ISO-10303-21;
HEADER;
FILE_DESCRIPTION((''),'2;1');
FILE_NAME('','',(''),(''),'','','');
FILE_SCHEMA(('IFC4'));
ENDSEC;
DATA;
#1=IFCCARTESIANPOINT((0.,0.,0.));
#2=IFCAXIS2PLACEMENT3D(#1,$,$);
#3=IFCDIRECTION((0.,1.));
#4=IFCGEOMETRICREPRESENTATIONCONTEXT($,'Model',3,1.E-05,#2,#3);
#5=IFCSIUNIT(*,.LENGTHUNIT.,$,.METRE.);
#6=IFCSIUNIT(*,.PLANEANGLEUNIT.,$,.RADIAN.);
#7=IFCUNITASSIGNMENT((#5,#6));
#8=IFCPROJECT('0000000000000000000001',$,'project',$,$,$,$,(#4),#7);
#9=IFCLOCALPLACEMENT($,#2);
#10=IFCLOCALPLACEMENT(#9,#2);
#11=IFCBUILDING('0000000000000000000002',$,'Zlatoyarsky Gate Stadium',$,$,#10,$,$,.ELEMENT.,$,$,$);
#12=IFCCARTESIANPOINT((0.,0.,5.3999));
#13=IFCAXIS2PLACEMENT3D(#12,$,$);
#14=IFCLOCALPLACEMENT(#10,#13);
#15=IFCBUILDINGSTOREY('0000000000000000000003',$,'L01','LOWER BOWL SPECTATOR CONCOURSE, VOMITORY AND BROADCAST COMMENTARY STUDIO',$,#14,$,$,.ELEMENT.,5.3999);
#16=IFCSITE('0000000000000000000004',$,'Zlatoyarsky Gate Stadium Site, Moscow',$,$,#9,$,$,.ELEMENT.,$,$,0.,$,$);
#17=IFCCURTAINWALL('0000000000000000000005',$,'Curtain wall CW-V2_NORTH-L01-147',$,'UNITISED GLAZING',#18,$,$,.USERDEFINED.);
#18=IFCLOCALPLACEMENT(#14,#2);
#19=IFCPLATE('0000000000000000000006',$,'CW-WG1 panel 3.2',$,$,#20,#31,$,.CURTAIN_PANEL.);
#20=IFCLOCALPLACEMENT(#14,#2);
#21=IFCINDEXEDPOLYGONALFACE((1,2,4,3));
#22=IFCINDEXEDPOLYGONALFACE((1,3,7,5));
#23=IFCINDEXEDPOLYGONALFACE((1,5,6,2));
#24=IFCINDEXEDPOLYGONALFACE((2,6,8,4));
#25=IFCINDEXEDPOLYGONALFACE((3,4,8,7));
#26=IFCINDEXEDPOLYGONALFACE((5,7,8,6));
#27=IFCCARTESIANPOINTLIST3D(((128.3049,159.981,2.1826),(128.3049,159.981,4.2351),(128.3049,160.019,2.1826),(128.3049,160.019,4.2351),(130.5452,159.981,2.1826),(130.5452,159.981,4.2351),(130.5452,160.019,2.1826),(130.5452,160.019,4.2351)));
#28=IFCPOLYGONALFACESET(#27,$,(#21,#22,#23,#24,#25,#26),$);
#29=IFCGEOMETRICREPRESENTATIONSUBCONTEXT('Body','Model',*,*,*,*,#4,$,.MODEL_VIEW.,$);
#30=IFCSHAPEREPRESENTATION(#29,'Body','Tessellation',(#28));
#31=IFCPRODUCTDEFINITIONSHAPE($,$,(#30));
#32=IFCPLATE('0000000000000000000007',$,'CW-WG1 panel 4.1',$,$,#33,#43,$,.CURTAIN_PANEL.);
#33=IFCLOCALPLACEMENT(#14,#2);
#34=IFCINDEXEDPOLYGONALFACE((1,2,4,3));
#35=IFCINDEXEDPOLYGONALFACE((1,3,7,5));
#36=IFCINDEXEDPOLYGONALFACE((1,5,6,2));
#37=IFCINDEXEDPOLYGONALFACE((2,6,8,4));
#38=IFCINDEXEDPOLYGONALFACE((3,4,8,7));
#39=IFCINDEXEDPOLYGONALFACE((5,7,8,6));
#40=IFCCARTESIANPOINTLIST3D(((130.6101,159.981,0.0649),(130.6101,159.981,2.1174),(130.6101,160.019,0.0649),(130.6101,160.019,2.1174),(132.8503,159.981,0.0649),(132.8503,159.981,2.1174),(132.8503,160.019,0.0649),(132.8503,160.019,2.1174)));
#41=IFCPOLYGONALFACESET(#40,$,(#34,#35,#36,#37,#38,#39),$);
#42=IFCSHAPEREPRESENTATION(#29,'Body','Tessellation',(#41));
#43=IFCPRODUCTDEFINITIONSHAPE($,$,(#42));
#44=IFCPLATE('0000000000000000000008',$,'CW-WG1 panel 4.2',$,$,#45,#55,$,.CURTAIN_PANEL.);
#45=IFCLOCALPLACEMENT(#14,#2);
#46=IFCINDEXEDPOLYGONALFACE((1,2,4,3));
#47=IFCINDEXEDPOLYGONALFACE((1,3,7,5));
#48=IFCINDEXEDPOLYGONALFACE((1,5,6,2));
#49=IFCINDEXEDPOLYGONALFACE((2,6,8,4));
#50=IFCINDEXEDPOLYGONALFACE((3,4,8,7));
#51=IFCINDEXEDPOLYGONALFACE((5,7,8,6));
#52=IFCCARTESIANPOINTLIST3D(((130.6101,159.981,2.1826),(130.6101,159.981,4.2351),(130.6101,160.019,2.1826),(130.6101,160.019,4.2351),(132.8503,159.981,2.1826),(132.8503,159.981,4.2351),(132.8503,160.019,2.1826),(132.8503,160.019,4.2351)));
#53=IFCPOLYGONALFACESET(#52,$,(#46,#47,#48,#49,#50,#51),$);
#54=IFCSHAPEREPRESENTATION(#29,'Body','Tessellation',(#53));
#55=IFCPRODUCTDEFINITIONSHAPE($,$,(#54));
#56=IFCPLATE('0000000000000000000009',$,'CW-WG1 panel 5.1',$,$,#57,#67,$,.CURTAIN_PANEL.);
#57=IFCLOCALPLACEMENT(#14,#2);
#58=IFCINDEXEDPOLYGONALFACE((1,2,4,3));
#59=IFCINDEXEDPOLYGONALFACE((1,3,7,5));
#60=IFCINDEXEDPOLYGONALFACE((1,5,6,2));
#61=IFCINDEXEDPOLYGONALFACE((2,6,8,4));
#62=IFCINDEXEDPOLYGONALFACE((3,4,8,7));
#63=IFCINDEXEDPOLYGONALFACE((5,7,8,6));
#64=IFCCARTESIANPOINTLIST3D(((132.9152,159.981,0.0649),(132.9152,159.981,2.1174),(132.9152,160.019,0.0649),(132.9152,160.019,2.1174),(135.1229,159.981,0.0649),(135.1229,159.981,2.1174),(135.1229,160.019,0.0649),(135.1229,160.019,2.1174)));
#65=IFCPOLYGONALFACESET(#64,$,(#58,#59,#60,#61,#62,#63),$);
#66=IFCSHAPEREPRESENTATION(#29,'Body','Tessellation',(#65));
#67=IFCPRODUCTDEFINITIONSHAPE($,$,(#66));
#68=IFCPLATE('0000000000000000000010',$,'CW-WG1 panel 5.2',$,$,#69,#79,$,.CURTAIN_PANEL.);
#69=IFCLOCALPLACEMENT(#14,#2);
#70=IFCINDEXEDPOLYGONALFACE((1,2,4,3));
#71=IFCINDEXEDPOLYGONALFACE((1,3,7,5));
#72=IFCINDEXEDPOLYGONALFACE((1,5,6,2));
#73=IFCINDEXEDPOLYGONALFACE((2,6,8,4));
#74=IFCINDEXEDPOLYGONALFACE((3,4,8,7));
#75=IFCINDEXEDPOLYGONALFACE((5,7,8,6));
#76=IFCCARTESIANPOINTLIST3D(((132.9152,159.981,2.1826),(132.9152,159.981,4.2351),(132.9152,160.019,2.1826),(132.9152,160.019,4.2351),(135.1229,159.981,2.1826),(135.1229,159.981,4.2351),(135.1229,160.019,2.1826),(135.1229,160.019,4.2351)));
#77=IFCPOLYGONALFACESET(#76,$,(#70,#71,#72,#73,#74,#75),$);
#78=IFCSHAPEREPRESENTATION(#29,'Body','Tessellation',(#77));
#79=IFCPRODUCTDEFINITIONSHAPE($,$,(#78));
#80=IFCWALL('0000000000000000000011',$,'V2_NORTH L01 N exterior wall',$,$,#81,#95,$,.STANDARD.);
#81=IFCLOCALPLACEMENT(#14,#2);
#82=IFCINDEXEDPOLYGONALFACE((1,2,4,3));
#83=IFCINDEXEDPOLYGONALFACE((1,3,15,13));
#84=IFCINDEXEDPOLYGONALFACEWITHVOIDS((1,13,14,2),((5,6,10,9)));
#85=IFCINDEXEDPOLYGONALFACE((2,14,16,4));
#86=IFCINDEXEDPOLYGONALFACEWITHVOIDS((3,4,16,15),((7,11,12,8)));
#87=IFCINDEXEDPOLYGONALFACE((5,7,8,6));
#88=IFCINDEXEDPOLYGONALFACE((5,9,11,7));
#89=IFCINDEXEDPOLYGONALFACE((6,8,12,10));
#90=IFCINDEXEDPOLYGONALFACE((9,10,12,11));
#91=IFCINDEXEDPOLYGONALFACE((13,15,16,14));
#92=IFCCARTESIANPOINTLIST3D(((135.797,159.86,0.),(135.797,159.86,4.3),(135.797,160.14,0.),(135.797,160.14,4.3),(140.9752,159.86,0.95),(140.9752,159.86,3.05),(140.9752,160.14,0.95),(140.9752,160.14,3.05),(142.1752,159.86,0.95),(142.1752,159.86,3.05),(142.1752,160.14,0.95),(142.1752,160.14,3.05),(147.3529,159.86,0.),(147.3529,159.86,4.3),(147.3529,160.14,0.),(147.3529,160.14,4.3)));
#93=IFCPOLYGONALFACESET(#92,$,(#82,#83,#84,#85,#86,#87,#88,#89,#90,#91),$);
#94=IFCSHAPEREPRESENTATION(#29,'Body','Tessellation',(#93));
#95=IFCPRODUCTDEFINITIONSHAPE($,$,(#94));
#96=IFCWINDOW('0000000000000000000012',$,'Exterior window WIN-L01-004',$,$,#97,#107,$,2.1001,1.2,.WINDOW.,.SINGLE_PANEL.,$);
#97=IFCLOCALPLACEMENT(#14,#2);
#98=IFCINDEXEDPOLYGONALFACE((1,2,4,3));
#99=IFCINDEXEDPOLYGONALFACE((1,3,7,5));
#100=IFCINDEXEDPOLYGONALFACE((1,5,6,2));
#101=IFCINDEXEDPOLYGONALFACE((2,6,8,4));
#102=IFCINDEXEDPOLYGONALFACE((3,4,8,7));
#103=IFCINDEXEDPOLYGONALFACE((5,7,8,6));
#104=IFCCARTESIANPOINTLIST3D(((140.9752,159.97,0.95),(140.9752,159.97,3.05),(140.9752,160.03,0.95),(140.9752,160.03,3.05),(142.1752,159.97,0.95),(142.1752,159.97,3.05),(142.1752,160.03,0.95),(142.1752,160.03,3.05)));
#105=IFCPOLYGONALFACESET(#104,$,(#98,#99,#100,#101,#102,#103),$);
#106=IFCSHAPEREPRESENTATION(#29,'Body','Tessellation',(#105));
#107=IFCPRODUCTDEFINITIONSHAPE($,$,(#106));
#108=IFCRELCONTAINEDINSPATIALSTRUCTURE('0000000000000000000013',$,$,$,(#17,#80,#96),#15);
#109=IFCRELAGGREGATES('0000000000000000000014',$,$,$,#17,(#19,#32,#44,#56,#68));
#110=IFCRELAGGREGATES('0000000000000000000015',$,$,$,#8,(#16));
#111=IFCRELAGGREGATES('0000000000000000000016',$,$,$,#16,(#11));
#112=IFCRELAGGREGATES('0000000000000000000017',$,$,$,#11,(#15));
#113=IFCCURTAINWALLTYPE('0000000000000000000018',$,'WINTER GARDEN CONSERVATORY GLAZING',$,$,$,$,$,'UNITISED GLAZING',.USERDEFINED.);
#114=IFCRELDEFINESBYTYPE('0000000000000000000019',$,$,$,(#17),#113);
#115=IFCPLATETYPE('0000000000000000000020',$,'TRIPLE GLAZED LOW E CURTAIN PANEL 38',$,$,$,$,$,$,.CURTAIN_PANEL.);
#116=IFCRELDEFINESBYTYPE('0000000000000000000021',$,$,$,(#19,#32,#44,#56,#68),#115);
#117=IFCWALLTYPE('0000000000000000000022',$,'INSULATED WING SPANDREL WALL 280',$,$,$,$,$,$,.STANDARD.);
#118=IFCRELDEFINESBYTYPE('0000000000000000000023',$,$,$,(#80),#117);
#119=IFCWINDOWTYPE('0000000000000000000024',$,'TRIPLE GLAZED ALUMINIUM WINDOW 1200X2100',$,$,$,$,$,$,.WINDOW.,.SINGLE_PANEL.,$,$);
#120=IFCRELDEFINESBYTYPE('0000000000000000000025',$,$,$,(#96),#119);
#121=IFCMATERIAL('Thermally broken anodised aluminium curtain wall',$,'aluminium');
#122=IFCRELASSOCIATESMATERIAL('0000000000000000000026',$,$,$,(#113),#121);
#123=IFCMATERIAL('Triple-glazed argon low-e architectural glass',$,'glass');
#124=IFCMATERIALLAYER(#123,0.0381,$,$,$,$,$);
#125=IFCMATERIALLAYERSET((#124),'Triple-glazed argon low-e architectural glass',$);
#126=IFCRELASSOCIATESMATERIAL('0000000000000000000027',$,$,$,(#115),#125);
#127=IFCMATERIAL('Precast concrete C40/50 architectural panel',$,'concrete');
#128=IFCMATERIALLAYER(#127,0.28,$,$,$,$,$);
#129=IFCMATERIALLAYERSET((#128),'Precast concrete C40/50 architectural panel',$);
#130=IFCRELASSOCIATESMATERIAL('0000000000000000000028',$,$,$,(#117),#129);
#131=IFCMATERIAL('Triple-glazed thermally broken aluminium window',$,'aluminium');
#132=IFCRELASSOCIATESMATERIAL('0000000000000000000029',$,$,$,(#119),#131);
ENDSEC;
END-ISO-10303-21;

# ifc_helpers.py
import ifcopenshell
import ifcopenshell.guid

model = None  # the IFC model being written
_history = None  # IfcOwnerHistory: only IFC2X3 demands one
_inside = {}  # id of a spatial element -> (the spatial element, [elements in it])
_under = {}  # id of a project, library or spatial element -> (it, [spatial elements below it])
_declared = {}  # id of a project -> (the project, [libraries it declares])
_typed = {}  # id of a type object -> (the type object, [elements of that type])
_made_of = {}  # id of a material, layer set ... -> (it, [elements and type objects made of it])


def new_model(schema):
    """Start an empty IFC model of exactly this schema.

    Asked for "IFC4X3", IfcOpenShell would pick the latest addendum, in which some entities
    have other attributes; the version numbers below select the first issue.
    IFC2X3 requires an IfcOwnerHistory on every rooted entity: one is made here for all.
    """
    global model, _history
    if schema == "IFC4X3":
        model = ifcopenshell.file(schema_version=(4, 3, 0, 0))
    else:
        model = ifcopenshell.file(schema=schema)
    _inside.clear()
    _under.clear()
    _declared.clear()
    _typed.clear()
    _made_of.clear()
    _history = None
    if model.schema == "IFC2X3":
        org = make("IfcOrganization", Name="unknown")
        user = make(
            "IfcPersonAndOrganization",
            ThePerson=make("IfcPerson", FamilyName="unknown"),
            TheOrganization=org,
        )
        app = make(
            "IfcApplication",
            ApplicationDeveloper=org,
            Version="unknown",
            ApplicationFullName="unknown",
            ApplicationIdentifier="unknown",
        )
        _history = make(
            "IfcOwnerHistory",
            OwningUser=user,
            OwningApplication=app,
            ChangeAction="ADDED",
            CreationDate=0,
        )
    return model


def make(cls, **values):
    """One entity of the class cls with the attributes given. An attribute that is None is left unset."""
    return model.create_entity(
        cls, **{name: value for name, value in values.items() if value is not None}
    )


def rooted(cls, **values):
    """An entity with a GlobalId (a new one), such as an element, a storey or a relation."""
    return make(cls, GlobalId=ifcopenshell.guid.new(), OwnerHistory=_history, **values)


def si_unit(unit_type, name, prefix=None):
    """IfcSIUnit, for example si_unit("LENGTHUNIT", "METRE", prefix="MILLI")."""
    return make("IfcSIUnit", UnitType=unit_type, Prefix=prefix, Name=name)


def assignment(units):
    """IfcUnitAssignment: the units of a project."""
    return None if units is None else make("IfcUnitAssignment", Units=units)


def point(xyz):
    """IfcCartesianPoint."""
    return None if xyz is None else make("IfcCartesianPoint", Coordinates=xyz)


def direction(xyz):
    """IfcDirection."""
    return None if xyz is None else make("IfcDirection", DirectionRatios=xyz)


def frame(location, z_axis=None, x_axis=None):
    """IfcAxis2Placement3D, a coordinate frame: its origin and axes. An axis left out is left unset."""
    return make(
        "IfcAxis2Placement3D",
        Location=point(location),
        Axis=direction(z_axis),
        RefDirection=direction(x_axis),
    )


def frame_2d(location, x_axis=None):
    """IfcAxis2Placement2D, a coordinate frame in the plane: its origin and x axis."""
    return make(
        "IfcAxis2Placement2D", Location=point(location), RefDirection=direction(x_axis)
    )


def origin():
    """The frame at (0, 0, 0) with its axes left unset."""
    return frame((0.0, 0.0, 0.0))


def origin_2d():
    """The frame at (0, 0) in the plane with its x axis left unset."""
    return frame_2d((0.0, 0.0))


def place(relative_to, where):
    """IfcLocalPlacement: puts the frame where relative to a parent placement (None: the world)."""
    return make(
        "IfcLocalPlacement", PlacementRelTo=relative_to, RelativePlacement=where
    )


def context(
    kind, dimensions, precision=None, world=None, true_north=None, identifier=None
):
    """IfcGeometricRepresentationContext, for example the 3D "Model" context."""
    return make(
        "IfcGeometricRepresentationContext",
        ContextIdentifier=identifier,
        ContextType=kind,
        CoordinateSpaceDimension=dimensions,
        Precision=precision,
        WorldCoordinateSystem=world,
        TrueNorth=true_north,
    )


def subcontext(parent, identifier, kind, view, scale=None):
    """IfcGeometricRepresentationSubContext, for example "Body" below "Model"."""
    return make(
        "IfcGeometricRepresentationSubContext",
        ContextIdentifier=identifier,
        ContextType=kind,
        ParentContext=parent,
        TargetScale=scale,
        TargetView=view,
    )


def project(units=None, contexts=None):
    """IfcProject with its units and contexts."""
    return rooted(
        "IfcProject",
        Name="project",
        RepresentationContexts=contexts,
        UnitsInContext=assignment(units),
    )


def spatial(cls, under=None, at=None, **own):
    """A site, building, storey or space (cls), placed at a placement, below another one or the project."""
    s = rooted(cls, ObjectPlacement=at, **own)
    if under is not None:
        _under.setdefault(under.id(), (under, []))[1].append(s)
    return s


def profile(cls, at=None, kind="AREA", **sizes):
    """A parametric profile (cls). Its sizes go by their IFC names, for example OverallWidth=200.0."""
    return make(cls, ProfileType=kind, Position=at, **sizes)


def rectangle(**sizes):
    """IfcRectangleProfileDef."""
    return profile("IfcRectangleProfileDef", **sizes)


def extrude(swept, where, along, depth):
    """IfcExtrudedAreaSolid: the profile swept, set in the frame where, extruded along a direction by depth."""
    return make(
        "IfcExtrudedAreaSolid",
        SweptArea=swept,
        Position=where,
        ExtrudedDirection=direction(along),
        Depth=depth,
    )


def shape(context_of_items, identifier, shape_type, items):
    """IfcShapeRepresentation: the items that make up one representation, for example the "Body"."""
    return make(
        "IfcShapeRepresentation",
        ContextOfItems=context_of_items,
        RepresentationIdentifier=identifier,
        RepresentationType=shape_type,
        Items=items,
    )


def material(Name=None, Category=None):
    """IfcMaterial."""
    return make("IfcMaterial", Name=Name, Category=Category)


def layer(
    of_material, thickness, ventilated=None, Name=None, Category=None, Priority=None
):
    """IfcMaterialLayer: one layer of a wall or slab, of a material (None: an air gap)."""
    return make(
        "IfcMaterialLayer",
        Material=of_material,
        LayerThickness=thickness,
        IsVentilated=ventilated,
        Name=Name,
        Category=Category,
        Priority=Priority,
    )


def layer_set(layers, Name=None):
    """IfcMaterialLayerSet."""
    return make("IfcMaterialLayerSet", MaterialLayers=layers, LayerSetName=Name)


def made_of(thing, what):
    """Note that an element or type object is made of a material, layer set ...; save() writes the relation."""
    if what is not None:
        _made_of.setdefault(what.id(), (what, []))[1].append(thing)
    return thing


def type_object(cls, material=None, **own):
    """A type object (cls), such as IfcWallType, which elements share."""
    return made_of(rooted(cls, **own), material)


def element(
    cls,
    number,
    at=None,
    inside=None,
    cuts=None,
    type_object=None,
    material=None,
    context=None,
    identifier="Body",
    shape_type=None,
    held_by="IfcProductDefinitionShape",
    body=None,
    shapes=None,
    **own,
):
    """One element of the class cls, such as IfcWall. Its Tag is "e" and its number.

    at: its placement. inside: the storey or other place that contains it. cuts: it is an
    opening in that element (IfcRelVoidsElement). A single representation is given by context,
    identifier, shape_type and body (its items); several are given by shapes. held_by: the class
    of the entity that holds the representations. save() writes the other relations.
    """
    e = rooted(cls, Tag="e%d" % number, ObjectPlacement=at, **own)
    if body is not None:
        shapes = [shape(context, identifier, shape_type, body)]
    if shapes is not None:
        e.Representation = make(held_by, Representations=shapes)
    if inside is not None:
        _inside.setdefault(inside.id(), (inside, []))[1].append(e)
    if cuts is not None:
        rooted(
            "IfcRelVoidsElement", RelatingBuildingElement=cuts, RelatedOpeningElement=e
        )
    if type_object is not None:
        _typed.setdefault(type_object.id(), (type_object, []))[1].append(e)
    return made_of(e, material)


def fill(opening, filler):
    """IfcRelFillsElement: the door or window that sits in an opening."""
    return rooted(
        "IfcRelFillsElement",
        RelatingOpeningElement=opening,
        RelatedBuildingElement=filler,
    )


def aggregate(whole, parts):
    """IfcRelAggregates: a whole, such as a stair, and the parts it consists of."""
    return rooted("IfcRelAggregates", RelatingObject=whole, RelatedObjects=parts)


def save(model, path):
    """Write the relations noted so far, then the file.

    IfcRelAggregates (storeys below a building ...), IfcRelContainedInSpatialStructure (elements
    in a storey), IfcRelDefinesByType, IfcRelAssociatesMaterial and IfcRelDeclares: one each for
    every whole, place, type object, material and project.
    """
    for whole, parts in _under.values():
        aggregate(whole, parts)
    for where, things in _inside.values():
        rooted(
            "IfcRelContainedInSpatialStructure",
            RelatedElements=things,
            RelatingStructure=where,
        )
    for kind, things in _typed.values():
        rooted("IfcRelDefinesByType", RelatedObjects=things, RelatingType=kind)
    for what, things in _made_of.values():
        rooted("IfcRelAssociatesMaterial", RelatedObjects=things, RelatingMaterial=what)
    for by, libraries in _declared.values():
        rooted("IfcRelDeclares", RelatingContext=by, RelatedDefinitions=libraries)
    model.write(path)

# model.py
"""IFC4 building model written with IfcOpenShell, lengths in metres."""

from ifc_helpers import new_model, si_unit, direction, frame, frame_2d, origin, origin_2d, place, context, subcontext, project, spatial, rectangle, extrude, material, layer, layer_set, type_object, element, fill, aggregate, save


model = new_model("IFC4")

# Units and contexts
model_context = context("Model", 3, precision=1e-05, world=origin(), true_north=direction((0.0, 1.0)))
body_context = subcontext(model_context, "Body", "Model", "MODEL_VIEW")
ifc_project = project(units=[si_unit("LENGTHUNIT", "METRE"), si_unit("PLANEANGLEUNIT", "RADIAN")], contexts=[model_context])

# Site, building, storey
site_placement = place(None, origin())
site = spatial("IfcSite", under=ifc_project, at=site_placement, Name="Zlatoyarsky Gate Stadium Site, Moscow", CompositionType="ELEMENT", RefElevation=0.0)
building_placement = place(site_placement, origin())
building = spatial("IfcBuilding", under=site, at=building_placement, Name="Zlatoyarsky Gate Stadium", CompositionType="ELEMENT")
storey_placement = place(building_placement, frame((0.0, 0.0, 5.3999)))
storey = spatial("IfcBuildingStorey", under=building, at=storey_placement, Name="L01", Description="LOWER BOWL SPECTATOR CONCOURSE, VOMITORY AND BROADCAST COMMENTARY STUDIO", CompositionType="ELEMENT", Elevation=5.3999)

# Shared definitions
ifc_material_1 = material(Name="Thermally broken anodised aluminium curtain wall", Category="aluminium")

# Curtain wall
curtain_wall_type_1 = type_object("IfcCurtainWallType", Name="WINTER GARDEN CONSERVATORY GLAZING", ElementType="UNITISED GLAZING", PredefinedType="USERDEFINED", material=ifc_material_1)
curtain_wall_1_placement = place(storey_placement, origin())
curtain_wall_1 = element("IfcCurtainWall", 1, at=curtain_wall_1_placement, inside=storey, type_object=curtain_wall_type_1, Name="Curtain wall CW-V2_NORTH-L01-147", ObjectType="UNITISED GLAZING", PredefinedType="USERDEFINED")

# Plates
ifc_material_2 = material(Name="Triple-glazed argon low-e architectural glass", Category="glass")
ifc_layer_1 = layer(ifc_material_2, 0.0381)
ifc_layer_set_1 = layer_set([ifc_layer_1], Name="Triple-glazed argon low-e architectural glass")
plate_type_1 = type_object("IfcPlateType", Name="TRIPLE GLAZED LOW E CURTAIN PANEL 38", PredefinedType="CURTAIN_PANEL", material=ifc_layer_set_1)
plate_1_placement = place(storey_placement, frame((129.425, 160.0, 2.1826), z_axis=(0.0, 0.0, 1.0), x_axis=(1.0, 0.0, 0.0)))
plate_1 = element("IfcPlate", 2, at=plate_1_placement, type_object=plate_type_1, Name="CW-WG1 panel 3.2", PredefinedType="CURTAIN_PANEL", context=body_context, shape_type="SweptSolid", body=[
    extrude(rectangle(XDim=2.2402, YDim=0.0381, at=origin_2d()), origin(), (0.0, 0.0, 1.0), 2.0525),
])
plate_2_placement = place(storey_placement, frame((131.7302, 160.0, 0.0649), z_axis=(0.0, 0.0, 1.0), x_axis=(1.0, 0.0, 0.0)))
plate_2 = element("IfcPlate", 3, at=plate_2_placement, type_object=plate_type_1, Name="CW-WG1 panel 4.1", PredefinedType="CURTAIN_PANEL", context=body_context, shape_type="SweptSolid", body=[
    extrude(rectangle(XDim=2.2402, YDim=0.0381, at=origin_2d()), origin(), (0.0, 0.0, 1.0), 2.0525),
])
plate_3_placement = place(storey_placement, frame((131.7302, 160.0, 2.1826), z_axis=(0.0, 0.0, 1.0), x_axis=(1.0, 0.0, 0.0)))
plate_3 = element("IfcPlate", 4, at=plate_3_placement, type_object=plate_type_1, Name="CW-WG1 panel 4.2", PredefinedType="CURTAIN_PANEL", context=body_context, shape_type="SweptSolid", body=[
    extrude(rectangle(XDim=2.2402, YDim=0.0381, at=origin_2d()), origin(), (0.0, 0.0, 1.0), 2.0525),
])
plate_4_placement = place(storey_placement, frame((134.019, 160.0, 0.0649), z_axis=(0.0, 0.0, 1.0), x_axis=(1.0, 0.0, 0.0)))
plate_4 = element("IfcPlate", 5, at=plate_4_placement, type_object=plate_type_1, Name="CW-WG1 panel 5.1", PredefinedType="CURTAIN_PANEL", context=body_context, shape_type="SweptSolid", body=[
    extrude(rectangle(XDim=2.2078, YDim=0.0381, at=origin_2d()), origin(), (0.0, 0.0, 1.0), 2.0525),
])
plate_5_placement = place(storey_placement, frame((134.019, 160.0, 2.1826), z_axis=(0.0, 0.0, 1.0), x_axis=(1.0, 0.0, 0.0)))
plate_5 = element("IfcPlate", 6, at=plate_5_placement, type_object=plate_type_1, Name="CW-WG1 panel 5.2", PredefinedType="CURTAIN_PANEL", context=body_context, shape_type="SweptSolid", body=[
    extrude(rectangle(XDim=2.2078, YDim=0.0381, at=origin_2d()), origin(), (0.0, 0.0, 1.0), 2.0525),
])
aggregate(curtain_wall_1, [plate_1, plate_2, plate_3, plate_4, plate_5])

# Wall, opening, window
ifc_material_3 = material(Name="Precast concrete C40/50 architectural panel", Category="concrete")
ifc_layer_2 = layer(ifc_material_3, 0.28)
ifc_layer_set_2 = layer_set([ifc_layer_2], Name="Precast concrete C40/50 architectural panel")
wall_type = type_object("IfcWallType", Name="INSULATED WING SPANDREL WALL 280", PredefinedType="STANDARD", material=ifc_layer_set_2)
wall_placement = place(storey_placement, frame((135.7971, 160.0, 0.0), z_axis=(0.0, 0.0, 1.0), x_axis=(1.0, 0.0, 0.0)))
wall = element("IfcWall", 7, at=wall_placement, inside=storey, type_object=wall_type, Name="V2_NORTH L01 N exterior wall", PredefinedType="STANDARD", context=body_context, shape_type="SweptSolid", body=[
    extrude(rectangle(XDim=11.5559, YDim=0.28, at=frame_2d((5.7778, 0.0))), origin(), (0.0, 0.0, 1.0), 4.3),
])
opening_placement = place(wall_placement, frame((5.178, 0.0, 0.95)))
opening = element("IfcOpeningElement", 8, at=opening_placement, cuts=wall, PredefinedType="OPENING", context=body_context, shape_type="SweptSolid", body=[
    extrude(rectangle(XDim=1.2, YDim=2.1001, at=frame_2d((0.6001, 1.05))), frame((0.0, 0.1499, 0.0), z_axis=(0.0, -1.0, 0.0), x_axis=(1.0, 0.0, 0.0)), (0.0, 0.0, 1.0), 0.3),
])
ifc_material_4 = material(Name="Triple-glazed thermally broken aluminium window", Category="aluminium")
window_type = type_object("IfcWindowType", Name="TRIPLE GLAZED ALUMINIUM WINDOW 1200X2100", PartitioningType="SINGLE_PANEL", PredefinedType="WINDOW", material=ifc_material_4)
window_placement = place(opening_placement, origin())
window = element("IfcWindow", 9, at=window_placement, inside=storey, type_object=window_type, Name="Exterior window WIN-L01-004", OverallHeight=2.1001, OverallWidth=1.2, PartitioningType="SINGLE_PANEL", PredefinedType="WINDOW", context=body_context, shape_type="SweptSolid", body=[
    extrude(rectangle(XDim=1.2, YDim=2.1001, at=frame_2d((0.6001, 1.05))), frame((0.0, 0.03, 0.0), z_axis=(0.0, -1.0, 0.0), x_axis=(1.0, 0.0, 0.0)), (0.0, 0.0, 1.0), 0.0601),
])
fill(opening, window)

save(model, "model.ifc")
